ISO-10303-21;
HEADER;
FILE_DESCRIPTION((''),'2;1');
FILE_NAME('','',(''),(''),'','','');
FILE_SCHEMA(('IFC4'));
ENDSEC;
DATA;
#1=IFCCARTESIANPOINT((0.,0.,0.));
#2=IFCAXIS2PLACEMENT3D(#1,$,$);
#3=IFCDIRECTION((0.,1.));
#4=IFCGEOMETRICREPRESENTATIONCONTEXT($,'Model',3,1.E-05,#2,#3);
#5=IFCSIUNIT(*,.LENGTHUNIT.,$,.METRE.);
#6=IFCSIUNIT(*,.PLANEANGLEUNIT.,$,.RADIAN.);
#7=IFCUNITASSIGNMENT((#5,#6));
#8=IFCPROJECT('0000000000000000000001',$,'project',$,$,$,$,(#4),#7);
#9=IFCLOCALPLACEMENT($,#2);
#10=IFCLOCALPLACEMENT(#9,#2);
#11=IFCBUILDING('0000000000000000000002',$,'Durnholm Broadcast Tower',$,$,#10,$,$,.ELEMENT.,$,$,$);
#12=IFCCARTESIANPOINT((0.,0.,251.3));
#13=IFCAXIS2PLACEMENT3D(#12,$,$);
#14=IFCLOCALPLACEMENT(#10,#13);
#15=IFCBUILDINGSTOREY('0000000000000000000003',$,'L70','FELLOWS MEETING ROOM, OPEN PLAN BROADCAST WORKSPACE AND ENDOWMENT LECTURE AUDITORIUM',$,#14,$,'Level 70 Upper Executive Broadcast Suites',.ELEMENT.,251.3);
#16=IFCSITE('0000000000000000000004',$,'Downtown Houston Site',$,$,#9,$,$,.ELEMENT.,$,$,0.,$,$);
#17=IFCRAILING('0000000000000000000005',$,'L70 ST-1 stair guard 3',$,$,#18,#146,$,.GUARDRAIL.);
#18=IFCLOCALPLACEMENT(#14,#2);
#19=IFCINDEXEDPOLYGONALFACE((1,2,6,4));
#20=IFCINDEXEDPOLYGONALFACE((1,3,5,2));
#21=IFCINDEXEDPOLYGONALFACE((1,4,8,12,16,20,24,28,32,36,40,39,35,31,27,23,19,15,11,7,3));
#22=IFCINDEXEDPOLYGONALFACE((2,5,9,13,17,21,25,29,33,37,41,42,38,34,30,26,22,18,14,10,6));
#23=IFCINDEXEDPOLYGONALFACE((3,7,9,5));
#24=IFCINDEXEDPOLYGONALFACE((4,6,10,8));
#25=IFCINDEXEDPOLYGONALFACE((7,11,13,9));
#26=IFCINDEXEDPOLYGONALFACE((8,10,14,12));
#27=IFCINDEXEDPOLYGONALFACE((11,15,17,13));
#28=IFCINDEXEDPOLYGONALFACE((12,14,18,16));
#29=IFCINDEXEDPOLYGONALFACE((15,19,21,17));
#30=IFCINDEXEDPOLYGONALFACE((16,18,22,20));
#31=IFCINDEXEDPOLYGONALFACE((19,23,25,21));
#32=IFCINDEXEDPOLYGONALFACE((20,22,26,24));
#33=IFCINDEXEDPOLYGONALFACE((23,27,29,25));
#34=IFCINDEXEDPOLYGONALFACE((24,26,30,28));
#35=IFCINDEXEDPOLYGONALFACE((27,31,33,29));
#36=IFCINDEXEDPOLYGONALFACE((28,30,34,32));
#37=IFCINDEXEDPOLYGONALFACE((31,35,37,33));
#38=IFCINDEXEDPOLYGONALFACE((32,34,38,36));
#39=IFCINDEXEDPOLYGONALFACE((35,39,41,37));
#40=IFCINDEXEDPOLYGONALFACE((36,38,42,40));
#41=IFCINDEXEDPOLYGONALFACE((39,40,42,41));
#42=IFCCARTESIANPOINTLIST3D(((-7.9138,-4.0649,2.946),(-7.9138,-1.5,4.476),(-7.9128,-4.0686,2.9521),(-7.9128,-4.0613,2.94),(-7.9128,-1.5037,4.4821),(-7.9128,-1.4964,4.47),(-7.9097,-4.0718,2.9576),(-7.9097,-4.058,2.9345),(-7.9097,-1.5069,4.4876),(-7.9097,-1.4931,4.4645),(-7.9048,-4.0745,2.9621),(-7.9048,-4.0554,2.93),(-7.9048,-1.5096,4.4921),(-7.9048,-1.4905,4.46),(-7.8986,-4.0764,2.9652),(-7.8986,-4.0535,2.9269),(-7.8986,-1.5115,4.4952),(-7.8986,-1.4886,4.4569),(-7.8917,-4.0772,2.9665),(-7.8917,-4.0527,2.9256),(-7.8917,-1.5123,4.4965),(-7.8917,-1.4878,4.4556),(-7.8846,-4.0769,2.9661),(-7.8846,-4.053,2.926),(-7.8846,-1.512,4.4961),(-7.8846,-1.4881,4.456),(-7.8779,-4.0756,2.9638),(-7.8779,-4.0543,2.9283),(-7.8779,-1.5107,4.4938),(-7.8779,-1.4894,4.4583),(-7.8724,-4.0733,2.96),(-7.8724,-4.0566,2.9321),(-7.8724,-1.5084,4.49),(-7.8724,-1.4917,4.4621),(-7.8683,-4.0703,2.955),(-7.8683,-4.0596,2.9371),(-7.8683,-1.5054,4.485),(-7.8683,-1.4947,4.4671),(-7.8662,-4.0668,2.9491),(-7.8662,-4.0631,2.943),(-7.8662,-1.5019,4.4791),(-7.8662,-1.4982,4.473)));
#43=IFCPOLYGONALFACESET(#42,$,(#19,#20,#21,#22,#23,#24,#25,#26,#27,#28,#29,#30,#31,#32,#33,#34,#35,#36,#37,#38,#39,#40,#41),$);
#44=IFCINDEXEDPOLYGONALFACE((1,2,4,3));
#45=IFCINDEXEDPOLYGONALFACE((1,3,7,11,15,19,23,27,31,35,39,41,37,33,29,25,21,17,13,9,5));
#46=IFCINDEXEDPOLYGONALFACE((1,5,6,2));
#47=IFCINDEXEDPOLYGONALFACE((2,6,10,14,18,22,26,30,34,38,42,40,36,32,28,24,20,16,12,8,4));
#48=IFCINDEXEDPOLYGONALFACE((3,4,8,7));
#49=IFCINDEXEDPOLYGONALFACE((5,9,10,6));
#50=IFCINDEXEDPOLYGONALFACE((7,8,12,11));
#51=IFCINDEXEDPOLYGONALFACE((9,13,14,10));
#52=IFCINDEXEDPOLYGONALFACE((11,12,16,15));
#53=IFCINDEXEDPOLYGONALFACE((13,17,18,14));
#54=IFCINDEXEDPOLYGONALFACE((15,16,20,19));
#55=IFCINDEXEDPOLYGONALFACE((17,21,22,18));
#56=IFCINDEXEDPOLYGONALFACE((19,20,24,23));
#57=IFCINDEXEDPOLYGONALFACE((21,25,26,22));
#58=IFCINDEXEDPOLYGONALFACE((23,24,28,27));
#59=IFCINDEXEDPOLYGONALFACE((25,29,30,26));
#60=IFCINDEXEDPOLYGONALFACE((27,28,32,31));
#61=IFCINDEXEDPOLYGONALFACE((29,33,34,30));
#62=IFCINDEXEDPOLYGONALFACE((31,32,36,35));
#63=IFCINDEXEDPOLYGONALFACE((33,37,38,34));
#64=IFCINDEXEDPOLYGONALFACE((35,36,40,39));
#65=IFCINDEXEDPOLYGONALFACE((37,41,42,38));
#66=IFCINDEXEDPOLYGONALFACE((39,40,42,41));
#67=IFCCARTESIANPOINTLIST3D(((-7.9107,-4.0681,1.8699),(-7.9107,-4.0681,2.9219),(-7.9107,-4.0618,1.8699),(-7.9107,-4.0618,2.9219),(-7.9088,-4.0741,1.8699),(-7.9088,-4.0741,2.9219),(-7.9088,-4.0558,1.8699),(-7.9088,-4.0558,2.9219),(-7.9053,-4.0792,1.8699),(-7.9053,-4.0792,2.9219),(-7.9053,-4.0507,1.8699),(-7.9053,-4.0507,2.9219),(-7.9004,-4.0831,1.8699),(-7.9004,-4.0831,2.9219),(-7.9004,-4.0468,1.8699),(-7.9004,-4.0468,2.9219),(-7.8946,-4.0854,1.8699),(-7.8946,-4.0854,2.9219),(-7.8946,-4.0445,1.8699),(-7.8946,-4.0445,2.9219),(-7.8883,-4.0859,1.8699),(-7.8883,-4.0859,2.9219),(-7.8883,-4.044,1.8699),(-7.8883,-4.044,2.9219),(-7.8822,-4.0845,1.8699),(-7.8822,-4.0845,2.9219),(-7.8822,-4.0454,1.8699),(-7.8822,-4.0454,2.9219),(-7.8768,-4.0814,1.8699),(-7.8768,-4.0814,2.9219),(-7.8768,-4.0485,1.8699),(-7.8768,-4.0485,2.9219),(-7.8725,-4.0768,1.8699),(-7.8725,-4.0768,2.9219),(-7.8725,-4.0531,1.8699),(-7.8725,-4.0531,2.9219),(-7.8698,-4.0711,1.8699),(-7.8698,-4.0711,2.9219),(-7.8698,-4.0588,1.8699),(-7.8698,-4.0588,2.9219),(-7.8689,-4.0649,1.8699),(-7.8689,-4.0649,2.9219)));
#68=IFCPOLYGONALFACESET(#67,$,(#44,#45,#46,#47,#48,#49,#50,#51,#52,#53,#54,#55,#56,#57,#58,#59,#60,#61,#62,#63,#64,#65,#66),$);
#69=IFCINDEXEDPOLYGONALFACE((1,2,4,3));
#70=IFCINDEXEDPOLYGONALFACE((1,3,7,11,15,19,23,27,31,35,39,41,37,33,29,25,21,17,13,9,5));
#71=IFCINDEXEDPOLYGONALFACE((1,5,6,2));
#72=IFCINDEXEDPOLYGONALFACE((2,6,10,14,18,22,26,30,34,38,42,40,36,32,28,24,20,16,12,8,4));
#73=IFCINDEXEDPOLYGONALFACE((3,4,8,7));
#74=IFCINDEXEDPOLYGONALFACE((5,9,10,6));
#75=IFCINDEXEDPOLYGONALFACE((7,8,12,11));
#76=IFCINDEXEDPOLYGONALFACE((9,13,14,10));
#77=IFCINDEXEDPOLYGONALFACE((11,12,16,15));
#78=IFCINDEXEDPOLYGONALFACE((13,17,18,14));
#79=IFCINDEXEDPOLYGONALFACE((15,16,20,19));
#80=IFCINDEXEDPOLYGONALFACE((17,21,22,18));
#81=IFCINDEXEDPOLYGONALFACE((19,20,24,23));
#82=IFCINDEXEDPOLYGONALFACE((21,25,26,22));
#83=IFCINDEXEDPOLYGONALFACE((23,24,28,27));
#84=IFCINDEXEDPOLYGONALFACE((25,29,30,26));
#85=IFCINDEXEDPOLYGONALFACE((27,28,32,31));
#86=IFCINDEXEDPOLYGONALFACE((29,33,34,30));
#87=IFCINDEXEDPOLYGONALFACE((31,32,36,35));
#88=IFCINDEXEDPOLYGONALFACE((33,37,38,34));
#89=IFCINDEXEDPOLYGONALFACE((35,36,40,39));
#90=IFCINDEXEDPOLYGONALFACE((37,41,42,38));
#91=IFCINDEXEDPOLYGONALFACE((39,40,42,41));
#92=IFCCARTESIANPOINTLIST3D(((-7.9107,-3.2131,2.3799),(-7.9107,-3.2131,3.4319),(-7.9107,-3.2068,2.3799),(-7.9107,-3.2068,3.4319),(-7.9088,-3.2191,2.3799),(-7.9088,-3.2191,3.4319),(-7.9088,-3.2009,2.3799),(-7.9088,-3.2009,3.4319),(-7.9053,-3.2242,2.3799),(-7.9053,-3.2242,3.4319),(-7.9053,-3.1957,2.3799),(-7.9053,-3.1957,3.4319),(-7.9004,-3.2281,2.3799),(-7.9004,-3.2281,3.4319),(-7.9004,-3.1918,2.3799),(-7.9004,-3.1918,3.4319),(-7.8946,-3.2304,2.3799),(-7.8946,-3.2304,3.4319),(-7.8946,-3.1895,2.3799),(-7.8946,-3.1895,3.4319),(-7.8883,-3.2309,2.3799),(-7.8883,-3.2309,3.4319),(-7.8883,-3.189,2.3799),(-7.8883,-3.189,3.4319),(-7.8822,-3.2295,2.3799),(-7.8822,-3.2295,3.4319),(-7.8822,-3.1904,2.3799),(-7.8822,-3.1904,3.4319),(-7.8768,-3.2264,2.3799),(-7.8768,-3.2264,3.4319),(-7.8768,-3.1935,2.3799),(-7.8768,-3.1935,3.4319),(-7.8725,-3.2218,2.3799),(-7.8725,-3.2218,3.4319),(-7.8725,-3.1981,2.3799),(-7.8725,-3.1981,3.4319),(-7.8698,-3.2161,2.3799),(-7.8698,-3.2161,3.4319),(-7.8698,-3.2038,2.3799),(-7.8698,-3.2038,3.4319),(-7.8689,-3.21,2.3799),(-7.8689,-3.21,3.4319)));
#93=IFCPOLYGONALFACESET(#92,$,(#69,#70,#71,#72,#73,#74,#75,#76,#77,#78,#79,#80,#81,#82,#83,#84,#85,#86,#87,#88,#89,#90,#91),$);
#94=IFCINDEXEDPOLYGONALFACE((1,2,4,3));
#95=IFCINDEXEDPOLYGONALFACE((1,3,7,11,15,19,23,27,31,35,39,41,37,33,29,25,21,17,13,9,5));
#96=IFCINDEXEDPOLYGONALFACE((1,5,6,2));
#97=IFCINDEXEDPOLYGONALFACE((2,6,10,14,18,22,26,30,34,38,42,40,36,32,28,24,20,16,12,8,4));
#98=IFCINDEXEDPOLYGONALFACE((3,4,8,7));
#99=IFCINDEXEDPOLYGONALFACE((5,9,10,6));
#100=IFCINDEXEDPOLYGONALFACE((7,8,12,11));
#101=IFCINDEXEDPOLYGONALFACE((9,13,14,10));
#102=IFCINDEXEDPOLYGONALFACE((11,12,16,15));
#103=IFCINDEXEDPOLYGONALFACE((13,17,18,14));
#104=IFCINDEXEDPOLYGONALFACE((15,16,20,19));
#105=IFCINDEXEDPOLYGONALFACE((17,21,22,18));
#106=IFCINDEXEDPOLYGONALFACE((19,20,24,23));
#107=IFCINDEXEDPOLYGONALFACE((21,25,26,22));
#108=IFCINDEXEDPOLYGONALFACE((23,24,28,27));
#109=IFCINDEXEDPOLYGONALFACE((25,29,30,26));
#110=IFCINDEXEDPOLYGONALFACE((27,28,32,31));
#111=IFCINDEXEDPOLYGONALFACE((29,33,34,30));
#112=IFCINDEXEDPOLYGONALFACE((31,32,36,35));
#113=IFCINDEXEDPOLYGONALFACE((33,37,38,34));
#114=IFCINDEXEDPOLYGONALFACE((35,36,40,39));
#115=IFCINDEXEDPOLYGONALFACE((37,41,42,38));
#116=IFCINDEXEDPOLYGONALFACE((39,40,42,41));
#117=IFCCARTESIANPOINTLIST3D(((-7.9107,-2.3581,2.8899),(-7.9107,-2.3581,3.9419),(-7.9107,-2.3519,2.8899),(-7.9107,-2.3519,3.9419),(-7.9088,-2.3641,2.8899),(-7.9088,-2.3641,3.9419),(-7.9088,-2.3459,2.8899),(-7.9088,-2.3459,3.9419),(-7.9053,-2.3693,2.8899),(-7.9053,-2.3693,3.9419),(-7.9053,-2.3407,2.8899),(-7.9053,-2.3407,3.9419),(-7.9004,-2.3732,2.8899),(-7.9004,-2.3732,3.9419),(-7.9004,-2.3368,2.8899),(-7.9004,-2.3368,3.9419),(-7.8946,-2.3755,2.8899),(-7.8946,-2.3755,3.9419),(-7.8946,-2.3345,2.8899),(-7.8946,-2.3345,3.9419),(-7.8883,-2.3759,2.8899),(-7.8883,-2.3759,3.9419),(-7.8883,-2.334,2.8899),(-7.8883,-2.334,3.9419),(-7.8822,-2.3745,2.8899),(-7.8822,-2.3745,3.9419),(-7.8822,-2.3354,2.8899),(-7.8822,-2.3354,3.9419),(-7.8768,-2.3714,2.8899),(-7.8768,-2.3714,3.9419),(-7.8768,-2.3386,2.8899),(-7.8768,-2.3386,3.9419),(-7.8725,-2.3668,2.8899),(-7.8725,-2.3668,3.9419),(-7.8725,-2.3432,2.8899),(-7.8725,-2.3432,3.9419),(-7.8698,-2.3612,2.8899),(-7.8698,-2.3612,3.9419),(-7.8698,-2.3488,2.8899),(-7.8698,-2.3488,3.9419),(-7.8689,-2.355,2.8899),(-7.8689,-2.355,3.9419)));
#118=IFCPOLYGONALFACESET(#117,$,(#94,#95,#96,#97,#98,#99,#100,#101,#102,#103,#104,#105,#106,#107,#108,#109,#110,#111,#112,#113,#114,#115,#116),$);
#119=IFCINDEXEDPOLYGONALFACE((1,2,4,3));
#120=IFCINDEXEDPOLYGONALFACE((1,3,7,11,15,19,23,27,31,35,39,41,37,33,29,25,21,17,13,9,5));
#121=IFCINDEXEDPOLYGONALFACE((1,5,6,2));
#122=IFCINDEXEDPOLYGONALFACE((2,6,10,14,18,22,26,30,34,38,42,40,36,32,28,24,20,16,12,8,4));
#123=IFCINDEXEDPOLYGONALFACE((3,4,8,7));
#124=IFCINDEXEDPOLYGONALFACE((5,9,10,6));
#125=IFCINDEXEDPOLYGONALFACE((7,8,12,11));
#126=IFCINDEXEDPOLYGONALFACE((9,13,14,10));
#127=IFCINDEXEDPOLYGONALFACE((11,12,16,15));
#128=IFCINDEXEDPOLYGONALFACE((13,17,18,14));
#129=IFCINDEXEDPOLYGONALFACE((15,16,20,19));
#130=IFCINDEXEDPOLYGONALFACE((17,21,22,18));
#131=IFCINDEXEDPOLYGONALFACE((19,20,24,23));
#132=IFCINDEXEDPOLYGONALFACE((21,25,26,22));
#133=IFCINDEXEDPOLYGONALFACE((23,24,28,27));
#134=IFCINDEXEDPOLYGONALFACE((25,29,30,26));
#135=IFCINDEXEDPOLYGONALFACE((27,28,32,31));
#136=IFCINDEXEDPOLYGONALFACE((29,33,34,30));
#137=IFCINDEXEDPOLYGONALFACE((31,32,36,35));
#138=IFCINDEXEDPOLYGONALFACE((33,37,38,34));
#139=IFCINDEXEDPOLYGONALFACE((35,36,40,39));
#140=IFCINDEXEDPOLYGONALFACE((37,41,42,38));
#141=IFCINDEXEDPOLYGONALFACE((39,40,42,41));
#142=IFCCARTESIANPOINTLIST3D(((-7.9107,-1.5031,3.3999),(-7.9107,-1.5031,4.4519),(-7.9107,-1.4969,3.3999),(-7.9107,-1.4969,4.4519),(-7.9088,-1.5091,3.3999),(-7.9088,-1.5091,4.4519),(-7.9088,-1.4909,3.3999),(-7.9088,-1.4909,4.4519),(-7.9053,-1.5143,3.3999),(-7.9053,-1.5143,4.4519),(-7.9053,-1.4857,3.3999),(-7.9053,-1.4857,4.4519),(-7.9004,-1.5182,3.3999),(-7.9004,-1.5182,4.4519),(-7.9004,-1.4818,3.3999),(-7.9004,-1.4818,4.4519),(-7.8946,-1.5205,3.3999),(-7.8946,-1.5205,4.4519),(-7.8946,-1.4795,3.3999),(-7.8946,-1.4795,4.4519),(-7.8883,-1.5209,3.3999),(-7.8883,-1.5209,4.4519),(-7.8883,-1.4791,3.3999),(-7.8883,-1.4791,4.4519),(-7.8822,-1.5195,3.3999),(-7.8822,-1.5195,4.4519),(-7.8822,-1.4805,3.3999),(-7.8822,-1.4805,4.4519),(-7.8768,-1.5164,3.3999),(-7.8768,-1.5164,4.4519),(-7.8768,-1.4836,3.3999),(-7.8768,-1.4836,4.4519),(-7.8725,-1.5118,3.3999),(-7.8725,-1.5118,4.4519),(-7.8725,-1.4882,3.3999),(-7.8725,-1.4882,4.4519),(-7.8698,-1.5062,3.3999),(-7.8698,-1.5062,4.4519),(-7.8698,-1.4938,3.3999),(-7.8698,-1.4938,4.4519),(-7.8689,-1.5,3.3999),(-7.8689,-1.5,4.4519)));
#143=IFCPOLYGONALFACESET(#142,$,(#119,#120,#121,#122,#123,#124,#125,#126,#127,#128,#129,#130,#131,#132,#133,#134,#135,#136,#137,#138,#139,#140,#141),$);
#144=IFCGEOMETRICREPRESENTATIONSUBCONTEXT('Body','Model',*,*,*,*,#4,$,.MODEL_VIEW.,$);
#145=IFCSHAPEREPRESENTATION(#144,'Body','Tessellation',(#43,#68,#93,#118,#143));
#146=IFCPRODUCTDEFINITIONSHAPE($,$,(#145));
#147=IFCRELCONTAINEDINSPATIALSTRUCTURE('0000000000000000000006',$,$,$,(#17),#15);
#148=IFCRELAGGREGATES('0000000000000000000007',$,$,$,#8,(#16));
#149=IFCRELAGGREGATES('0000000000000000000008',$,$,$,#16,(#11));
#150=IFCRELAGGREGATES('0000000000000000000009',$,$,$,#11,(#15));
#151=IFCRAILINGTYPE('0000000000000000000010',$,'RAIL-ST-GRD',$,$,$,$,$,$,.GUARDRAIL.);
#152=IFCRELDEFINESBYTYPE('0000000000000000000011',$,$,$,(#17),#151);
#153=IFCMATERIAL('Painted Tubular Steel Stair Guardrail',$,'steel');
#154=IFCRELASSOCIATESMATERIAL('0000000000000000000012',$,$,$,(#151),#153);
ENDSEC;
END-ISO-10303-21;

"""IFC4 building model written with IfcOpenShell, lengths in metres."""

from ifc_helpers import new_model, si_unit, direction, frame, origin, origin_2d, place, context, subcontext, project, spatial, circle, extrude, material, type_object, element, save


model = new_model("IFC4")

# Units and contexts
model_context = context("Model", 3, precision=1e-05, world=origin(), true_north=direction((0.0, 1.0)))
body_context = subcontext(model_context, "Body", "Model", "MODEL_VIEW")
ifc_project = project(units=[si_unit("LENGTHUNIT", "METRE"), si_unit("PLANEANGLEUNIT", "RADIAN")], contexts=[model_context])

# Site, building, storey
site_placement = place(None, origin())
site = spatial("IfcSite", under=ifc_project, at=site_placement, Name="Downtown Houston Site", CompositionType="ELEMENT", RefElevation=0.0)
building_placement = place(site_placement, origin())
building = spatial("IfcBuilding", under=site, at=building_placement, Name="Durnholm Broadcast Tower", CompositionType="ELEMENT")
storey_placement = place(building_placement, frame((0.0, 0.0, 251.3)))
storey = spatial("IfcBuildingStorey", under=building, at=storey_placement, Name="L70", Description="FELLOWS MEETING ROOM, OPEN PLAN BROADCAST WORKSPACE AND ENDOWMENT LECTURE AUDITORIUM", LongName="Level 70 Upper Executive Broadcast Suites", CompositionType="ELEMENT", Elevation=251.3)

# Railing
ifc_material_1 = material(Name="Painted Tubular Steel Stair Guardrail", Category="steel")
railing_type_1 = type_object("IfcRailingType", Name="RAIL-ST-GRD", PredefinedType="GUARDRAIL", material=ifc_material_1)
railing_1_placement = place(storey_placement, frame((-7.8899, -4.0649, 1.8699)))
element("IfcRailing", 1, at=railing_1_placement, inside=storey, type_object=railing_type_1, Name="L70 ST-1 stair guard 3", PredefinedType="GUARDRAIL", context=body_context, shape_type="SweptSolid", body=[
    extrude(circle(Radius=0.0239, at=origin_2d()), frame((0.0, 0.0, 1.0762), z_axis=(0.0, 0.85881, 0.512294), x_axis=(-1.0, 0.0, 0.0)), (0.0, 0.0, 1.0), 2.9866),
    extrude(circle(Radius=0.021, at=origin_2d()), origin(), (0.0, 0.0, 1.0), 1.052),
    extrude(circle(Radius=0.021, at=origin_2d()), frame((0.0, 0.855, 0.51)), (0.0, 0.0, 1.0), 1.052),
    extrude(circle(Radius=0.021, at=origin_2d()), frame((0.0, 1.71, 1.02)), (0.0, 0.0, 1.0), 1.052),
    extrude(circle(Radius=0.021, at=origin_2d()), frame((0.0, 2.5649, 1.53)), (0.0, 0.0, 1.0), 1.052),
])

save(model, "model.ifc")
